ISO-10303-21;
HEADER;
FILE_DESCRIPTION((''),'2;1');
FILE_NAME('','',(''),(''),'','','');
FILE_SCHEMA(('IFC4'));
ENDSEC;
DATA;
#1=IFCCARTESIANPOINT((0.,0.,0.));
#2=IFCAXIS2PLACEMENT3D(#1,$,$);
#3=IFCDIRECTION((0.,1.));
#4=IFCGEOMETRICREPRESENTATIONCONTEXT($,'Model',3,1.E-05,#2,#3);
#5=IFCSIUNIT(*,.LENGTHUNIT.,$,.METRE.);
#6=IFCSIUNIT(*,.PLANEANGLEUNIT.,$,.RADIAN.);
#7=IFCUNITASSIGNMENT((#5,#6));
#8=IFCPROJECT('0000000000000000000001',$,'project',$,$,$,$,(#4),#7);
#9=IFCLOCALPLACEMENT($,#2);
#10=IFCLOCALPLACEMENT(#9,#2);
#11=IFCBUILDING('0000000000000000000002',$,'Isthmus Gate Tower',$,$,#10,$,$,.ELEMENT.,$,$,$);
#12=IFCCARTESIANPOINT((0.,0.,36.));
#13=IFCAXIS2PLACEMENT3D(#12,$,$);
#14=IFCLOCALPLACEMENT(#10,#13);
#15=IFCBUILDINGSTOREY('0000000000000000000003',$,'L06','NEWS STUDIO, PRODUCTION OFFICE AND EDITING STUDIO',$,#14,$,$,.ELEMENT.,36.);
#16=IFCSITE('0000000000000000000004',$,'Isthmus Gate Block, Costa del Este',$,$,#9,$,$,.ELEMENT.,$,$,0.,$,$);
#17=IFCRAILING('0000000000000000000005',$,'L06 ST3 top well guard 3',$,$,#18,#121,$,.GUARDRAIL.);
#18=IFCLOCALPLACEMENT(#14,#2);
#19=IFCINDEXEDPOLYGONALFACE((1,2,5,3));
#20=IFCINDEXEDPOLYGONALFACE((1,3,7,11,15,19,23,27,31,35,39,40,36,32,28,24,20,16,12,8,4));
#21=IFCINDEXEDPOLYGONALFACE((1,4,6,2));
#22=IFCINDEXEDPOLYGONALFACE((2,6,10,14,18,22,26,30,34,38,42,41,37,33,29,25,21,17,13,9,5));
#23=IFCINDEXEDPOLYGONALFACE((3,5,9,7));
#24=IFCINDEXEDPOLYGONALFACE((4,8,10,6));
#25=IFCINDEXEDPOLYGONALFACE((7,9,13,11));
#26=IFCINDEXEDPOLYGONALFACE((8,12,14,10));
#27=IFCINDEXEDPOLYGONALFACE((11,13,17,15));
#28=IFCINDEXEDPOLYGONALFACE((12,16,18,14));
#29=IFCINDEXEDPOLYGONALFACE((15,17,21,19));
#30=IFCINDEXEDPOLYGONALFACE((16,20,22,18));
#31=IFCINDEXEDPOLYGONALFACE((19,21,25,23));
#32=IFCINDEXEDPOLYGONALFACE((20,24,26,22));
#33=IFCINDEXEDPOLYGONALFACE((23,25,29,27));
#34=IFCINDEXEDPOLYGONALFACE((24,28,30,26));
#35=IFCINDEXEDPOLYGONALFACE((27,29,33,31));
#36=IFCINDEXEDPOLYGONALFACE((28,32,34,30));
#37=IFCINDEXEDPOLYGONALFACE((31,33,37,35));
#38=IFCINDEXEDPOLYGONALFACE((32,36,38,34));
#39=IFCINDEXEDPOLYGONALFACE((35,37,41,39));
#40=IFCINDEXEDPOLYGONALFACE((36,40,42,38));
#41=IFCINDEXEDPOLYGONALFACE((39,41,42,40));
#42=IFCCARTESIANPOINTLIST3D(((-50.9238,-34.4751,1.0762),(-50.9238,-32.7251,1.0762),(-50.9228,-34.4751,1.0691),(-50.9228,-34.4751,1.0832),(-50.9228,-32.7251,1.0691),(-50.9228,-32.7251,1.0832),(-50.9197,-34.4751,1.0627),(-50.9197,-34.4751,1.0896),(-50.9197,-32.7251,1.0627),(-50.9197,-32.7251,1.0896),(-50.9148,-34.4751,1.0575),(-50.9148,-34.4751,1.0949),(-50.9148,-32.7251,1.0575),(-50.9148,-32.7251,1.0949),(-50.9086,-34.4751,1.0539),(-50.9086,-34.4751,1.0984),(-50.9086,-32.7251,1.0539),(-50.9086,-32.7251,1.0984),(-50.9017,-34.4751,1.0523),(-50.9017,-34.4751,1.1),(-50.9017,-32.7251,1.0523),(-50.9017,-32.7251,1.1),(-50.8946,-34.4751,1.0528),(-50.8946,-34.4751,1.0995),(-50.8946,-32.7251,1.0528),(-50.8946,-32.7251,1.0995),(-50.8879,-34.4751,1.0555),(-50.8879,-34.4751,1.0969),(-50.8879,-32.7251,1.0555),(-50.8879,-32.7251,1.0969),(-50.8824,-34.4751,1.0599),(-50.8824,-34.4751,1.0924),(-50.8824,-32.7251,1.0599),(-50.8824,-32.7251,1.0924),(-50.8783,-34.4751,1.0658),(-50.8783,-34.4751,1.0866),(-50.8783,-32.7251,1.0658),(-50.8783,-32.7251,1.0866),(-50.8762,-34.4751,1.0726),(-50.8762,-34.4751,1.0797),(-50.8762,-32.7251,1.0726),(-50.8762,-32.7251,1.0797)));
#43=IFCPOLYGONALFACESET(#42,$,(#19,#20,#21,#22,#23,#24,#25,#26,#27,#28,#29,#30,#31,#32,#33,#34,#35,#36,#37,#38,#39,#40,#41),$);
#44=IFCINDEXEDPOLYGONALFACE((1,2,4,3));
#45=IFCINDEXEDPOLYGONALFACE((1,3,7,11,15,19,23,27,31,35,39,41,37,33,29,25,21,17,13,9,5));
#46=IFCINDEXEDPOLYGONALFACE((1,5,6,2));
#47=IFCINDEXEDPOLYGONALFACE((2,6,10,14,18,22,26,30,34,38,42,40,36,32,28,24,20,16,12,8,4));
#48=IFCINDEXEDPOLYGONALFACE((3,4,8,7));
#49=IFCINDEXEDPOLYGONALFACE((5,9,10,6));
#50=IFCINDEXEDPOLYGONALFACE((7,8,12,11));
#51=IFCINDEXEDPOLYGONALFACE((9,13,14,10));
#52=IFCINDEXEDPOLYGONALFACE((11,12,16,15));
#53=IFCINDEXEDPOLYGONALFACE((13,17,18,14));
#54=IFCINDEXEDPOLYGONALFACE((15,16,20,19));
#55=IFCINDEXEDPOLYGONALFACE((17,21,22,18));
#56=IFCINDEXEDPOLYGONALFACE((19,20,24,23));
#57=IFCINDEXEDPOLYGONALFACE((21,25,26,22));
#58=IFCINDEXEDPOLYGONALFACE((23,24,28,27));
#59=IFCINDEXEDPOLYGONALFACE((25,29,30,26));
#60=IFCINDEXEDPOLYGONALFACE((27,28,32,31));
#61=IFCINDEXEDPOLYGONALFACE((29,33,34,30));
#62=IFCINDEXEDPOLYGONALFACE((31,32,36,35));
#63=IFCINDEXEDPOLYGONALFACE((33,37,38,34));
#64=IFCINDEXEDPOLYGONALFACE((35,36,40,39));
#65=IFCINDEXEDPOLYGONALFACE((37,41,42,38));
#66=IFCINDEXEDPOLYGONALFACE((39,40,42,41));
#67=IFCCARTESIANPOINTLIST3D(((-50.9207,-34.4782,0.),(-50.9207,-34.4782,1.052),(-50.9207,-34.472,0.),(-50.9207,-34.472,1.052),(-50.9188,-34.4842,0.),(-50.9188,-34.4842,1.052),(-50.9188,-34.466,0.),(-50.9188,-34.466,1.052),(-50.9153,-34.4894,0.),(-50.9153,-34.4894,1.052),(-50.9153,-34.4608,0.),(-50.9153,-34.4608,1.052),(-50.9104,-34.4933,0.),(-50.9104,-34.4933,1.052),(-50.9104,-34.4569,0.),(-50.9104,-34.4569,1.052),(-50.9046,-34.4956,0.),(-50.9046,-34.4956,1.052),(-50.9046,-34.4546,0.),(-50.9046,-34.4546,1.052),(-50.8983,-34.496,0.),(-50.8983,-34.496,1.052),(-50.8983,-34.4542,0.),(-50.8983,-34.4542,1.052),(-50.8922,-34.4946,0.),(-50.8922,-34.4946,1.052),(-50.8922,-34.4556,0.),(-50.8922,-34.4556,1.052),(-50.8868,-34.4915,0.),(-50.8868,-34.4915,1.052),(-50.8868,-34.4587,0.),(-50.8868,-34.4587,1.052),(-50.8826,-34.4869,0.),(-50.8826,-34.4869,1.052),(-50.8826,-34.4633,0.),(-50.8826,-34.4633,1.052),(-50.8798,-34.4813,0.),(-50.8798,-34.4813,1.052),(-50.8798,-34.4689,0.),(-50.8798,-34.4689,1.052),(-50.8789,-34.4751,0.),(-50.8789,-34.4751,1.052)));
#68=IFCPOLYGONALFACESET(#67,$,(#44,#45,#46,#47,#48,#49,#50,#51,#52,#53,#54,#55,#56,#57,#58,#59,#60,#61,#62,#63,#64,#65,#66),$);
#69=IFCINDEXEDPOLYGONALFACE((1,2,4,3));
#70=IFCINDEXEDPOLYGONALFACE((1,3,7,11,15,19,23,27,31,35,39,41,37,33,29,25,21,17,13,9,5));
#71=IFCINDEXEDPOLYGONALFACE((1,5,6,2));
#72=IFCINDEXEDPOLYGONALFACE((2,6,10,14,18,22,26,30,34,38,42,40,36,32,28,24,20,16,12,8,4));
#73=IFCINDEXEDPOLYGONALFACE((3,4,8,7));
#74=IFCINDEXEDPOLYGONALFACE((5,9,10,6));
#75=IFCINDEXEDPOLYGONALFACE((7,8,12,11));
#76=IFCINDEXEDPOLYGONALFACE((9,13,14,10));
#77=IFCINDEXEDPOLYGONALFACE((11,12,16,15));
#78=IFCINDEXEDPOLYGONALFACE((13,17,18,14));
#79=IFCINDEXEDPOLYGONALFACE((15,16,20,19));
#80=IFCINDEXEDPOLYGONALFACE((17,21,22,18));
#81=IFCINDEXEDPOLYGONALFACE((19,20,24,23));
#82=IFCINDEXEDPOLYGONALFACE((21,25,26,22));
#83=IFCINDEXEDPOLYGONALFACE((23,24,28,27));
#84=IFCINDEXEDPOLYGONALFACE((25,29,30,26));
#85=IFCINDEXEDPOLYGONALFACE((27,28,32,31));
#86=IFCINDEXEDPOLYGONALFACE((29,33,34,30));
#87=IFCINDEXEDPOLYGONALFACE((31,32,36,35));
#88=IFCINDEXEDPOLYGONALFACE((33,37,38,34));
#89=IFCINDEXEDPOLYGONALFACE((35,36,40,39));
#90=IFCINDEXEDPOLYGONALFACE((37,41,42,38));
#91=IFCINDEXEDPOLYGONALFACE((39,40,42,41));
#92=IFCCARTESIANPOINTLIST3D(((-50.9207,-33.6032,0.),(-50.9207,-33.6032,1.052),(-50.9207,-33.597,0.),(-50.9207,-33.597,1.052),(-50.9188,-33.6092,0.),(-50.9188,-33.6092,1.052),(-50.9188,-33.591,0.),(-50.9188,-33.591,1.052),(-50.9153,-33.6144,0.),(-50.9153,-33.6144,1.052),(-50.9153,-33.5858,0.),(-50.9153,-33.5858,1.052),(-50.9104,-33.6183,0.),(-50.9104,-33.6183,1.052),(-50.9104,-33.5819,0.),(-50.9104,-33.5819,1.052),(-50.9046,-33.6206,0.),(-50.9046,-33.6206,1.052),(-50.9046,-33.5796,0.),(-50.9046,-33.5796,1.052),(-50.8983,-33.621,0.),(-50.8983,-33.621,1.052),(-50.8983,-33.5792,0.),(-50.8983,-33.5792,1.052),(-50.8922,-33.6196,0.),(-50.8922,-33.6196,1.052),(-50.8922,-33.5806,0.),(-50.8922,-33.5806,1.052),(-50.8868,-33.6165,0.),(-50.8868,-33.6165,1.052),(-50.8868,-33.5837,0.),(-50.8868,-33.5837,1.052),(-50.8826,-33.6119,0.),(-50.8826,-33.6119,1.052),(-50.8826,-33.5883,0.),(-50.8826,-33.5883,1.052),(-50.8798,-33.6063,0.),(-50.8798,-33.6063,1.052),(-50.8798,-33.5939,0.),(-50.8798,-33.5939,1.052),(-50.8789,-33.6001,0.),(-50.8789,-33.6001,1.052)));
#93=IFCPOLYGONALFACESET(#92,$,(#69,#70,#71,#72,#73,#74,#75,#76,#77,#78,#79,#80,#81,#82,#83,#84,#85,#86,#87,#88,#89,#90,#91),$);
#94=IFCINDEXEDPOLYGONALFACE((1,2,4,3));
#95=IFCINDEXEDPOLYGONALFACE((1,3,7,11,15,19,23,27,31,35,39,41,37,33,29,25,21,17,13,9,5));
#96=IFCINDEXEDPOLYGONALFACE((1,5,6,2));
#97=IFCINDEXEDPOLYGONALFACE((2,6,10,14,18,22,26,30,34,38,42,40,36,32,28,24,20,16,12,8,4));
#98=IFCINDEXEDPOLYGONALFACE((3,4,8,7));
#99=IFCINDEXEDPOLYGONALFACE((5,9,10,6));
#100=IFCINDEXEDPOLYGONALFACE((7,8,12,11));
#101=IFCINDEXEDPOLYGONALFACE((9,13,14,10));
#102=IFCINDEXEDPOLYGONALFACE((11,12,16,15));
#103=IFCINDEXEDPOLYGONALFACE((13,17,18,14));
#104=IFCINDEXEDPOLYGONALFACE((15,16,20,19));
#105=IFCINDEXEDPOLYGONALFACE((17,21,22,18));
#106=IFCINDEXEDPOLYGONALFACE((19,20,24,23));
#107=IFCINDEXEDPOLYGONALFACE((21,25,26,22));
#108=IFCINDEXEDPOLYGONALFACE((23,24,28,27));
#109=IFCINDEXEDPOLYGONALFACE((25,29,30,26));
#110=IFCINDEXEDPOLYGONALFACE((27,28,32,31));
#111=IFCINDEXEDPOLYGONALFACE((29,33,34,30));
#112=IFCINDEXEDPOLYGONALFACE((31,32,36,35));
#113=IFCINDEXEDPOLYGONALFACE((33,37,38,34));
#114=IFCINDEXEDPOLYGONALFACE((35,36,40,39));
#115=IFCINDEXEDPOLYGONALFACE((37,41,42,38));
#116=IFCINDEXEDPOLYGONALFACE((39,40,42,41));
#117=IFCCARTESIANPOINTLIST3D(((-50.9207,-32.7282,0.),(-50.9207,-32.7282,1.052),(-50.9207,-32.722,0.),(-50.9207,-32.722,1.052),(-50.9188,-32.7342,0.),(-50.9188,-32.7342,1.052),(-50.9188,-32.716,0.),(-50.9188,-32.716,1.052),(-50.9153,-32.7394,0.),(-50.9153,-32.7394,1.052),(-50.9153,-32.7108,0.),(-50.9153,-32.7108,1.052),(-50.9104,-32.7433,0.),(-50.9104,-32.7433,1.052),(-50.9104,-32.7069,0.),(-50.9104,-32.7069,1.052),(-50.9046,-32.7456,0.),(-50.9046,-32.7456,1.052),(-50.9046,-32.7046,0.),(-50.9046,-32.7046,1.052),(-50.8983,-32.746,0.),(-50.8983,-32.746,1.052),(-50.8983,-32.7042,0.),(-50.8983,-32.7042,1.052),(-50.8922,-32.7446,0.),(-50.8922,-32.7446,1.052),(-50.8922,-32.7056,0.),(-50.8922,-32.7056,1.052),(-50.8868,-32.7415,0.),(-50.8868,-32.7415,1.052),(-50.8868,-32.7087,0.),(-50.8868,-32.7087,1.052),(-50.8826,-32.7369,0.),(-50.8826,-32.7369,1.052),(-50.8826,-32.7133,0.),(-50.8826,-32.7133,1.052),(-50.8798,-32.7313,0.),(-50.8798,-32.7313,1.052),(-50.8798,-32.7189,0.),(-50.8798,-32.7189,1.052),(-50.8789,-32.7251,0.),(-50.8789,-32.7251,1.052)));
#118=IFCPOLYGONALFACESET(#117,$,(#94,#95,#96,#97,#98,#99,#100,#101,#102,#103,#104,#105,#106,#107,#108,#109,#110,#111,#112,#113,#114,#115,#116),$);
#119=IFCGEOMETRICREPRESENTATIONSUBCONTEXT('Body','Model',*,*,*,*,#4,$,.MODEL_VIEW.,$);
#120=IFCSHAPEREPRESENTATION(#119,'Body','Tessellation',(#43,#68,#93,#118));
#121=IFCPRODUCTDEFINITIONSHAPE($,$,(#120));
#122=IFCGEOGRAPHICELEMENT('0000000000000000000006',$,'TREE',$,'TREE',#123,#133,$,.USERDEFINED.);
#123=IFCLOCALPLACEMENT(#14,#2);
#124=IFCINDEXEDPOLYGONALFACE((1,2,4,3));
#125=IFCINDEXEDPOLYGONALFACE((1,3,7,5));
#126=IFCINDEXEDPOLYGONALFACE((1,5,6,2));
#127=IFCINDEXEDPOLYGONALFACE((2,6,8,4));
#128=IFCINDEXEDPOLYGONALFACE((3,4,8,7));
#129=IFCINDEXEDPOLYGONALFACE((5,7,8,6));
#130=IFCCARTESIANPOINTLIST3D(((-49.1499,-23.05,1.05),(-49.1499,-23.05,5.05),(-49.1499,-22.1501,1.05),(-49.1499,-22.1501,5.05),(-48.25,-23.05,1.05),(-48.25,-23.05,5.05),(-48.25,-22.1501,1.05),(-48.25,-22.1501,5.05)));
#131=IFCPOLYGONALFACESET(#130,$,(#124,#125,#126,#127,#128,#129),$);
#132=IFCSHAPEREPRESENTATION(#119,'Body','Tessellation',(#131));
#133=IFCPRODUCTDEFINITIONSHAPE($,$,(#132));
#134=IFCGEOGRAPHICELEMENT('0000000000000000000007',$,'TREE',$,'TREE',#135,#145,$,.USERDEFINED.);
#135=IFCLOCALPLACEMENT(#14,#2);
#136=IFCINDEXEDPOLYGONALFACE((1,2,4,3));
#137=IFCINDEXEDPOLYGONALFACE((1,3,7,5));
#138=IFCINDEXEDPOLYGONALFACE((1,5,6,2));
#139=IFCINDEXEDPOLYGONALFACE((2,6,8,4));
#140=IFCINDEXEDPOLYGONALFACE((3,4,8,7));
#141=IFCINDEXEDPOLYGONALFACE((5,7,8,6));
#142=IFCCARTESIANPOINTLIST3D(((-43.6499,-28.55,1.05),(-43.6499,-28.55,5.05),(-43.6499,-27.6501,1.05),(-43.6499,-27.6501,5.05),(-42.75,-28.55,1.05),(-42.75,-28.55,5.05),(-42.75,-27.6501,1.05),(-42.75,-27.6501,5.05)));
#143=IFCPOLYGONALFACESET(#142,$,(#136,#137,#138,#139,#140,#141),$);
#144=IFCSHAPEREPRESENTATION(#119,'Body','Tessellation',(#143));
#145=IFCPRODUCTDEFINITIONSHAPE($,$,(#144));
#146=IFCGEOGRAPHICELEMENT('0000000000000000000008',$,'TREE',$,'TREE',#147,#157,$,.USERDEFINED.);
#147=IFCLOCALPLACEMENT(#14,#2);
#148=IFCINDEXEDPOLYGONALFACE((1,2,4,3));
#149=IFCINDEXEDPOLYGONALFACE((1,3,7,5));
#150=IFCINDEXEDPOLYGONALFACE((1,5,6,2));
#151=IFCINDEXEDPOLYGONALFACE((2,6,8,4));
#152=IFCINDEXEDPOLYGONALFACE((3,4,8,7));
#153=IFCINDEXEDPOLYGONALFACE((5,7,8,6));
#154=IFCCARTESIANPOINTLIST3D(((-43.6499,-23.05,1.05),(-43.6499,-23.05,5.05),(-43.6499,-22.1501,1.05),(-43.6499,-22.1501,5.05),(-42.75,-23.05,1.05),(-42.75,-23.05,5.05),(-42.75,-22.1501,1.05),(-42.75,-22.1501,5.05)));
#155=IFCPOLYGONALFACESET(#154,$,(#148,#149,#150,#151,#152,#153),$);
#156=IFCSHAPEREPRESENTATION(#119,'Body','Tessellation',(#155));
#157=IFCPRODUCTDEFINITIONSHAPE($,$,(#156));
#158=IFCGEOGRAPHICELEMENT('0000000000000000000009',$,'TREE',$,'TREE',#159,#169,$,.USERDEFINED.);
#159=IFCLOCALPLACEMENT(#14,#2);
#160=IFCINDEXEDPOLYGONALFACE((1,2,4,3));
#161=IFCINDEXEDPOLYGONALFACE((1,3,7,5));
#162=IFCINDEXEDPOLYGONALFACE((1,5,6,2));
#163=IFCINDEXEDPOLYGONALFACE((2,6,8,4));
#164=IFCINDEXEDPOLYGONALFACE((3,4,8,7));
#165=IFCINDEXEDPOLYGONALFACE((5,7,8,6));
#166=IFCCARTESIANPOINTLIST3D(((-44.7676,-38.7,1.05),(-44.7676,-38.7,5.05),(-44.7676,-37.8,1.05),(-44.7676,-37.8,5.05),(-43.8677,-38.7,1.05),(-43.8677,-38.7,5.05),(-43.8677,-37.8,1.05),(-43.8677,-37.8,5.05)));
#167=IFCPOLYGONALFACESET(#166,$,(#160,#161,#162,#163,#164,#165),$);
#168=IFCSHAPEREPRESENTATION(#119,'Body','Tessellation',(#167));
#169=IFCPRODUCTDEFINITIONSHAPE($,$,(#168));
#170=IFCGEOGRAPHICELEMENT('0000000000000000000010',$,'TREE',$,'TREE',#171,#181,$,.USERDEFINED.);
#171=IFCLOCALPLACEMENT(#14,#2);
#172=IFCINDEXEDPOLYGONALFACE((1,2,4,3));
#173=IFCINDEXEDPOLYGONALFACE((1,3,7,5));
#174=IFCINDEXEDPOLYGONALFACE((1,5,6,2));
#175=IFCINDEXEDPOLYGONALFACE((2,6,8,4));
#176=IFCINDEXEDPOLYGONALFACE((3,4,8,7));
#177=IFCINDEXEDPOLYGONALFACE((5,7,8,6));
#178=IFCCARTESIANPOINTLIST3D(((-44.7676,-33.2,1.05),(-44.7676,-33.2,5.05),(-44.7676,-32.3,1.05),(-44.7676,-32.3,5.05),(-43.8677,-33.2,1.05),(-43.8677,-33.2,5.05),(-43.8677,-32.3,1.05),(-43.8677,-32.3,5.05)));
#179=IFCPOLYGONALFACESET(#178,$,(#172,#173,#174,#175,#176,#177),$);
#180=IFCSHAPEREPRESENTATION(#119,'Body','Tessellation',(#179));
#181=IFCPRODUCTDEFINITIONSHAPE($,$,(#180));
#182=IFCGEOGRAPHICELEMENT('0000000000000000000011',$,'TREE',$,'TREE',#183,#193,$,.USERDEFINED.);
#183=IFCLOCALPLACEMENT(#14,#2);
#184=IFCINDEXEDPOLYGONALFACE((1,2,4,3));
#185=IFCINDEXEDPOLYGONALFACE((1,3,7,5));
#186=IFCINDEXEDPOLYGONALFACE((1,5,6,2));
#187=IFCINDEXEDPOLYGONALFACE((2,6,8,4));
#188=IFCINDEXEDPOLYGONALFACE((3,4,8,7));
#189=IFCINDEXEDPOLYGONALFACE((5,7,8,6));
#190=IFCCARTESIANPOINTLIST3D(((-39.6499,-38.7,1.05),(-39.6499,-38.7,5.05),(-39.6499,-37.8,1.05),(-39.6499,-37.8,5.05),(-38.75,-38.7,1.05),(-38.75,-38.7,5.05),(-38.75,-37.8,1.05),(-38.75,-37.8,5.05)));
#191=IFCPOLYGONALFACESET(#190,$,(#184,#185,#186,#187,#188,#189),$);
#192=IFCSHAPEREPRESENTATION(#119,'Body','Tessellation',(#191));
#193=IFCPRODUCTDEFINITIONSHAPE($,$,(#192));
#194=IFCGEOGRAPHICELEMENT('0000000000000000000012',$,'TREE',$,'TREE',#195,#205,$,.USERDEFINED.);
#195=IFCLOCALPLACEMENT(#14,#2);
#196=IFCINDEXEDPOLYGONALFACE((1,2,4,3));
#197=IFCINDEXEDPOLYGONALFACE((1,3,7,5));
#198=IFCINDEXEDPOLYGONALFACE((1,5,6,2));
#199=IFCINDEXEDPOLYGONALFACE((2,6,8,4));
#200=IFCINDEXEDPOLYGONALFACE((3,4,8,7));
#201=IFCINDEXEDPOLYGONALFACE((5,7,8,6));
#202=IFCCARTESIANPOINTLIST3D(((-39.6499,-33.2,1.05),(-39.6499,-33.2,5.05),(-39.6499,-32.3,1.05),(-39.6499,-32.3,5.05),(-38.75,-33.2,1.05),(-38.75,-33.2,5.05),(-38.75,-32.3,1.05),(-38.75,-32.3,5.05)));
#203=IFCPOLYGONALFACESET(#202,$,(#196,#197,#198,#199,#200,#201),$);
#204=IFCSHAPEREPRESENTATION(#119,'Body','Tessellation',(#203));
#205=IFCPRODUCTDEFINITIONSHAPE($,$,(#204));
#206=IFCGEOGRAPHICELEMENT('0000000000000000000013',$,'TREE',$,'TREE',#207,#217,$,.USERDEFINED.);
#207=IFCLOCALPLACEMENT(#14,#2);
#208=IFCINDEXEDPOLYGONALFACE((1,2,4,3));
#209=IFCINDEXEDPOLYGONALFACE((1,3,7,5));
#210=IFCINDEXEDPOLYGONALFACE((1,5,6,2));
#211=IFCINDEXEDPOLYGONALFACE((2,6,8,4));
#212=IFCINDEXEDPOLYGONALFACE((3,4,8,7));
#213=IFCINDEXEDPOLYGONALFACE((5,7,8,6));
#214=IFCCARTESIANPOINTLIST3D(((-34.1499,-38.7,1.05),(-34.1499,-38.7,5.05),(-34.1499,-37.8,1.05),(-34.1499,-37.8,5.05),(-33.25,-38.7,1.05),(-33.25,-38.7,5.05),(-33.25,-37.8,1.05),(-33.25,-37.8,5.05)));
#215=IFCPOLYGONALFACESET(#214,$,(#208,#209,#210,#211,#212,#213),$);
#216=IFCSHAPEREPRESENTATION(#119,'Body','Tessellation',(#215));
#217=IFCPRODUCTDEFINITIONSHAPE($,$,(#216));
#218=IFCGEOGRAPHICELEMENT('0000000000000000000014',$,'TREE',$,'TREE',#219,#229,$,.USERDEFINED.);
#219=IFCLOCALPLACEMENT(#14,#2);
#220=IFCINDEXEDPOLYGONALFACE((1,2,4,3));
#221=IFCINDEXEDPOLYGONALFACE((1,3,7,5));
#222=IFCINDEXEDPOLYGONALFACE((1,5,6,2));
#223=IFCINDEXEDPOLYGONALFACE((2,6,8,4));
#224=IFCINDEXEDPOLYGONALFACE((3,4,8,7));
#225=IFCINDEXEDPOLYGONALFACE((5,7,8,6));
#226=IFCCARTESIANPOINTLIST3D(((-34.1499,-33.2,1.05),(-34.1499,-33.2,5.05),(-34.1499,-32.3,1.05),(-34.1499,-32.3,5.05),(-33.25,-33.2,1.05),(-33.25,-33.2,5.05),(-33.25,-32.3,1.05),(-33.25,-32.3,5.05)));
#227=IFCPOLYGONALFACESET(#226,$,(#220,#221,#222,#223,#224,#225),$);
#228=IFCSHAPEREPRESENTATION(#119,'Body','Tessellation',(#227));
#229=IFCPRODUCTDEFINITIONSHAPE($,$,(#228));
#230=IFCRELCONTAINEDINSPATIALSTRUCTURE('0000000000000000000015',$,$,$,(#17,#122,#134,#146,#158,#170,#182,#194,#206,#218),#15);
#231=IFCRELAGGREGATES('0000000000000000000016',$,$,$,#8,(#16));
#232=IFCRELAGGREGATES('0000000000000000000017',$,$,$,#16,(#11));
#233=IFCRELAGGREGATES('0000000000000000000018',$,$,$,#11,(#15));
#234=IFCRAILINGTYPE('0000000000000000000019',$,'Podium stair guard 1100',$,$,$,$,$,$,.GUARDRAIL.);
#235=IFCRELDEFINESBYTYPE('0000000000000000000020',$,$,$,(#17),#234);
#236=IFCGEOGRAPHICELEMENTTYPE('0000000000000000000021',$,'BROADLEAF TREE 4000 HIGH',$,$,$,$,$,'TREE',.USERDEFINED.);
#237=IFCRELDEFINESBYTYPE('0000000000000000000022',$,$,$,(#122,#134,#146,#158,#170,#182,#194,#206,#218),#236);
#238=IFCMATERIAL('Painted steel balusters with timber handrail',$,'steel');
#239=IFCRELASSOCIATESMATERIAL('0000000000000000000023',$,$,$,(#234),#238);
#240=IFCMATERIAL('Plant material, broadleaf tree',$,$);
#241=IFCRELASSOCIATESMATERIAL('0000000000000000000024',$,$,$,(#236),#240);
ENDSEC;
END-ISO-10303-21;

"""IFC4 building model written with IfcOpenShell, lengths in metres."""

from ifc_helpers import new_model, si_unit, direction, frame, origin, origin_2d, place, context, subcontext, project, spatial, rectangle, circle, extrude, material, type_object, element, save


model = new_model("IFC4")

# Units and contexts
model_context = context("Model", 3, precision=1e-05, world=origin(), true_north=direction((0.0, 1.0)))
body_context = subcontext(model_context, "Body", "Model", "MODEL_VIEW")
ifc_project = project(units=[si_unit("LENGTHUNIT", "METRE"), si_unit("PLANEANGLEUNIT", "RADIAN")], contexts=[model_context])

# Site, building, storey
site_placement = place(None, origin())
site = spatial("IfcSite", under=ifc_project, at=site_placement, Name="Isthmus Gate Block, Costa del Este", CompositionType="ELEMENT", RefElevation=0.0)
building_placement = place(site_placement, origin())
building = spatial("IfcBuilding", under=site, at=building_placement, Name="Isthmus Gate Tower", CompositionType="ELEMENT")
storey_placement = place(building_placement, frame((0.0, 0.0, 36.0)))
storey = spatial("IfcBuildingStorey", under=building, at=storey_placement, Name="L06", Description="NEWS STUDIO, PRODUCTION OFFICE AND EDITING STUDIO", CompositionType="ELEMENT", Elevation=36.0)

# Railing
ifc_material_1 = material(Name="Painted steel balusters with timber handrail", Category="steel")
railing_type_1 = type_object("IfcRailingType", Name="Podium stair guard 1100", PredefinedType="GUARDRAIL", material=ifc_material_1)
railing_1_placement = place(storey_placement, frame((-50.8999, -34.4751, 0.0)))
element("IfcRailing", 1, at=railing_1_placement, inside=storey, type_object=railing_type_1, Name="L06 ST3 top well guard 3", PredefinedType="GUARDRAIL", context=body_context, shape_type="SweptSolid", body=[
    extrude(circle(Radius=0.0239, at=origin_2d()), frame((0.0, 0.0, 1.0762), z_axis=(0.0, 1.0, 0.0), x_axis=(-1.0, 0.0, 0.0)), (0.0, 0.0, 1.0), 1.75),
    extrude(circle(Radius=0.021, at=origin_2d()), origin(), (0.0, 0.0, 1.0), 1.052),
    extrude(circle(Radius=0.021, at=origin_2d()), frame((0.0, 0.875, 0.0)), (0.0, 0.0, 1.0), 1.052),
    extrude(circle(Radius=0.021, at=origin_2d()), frame((0.0, 1.75, 0.0)), (0.0, 0.0, 1.0), 1.052),
])

# Geographic elements
ifc_material_2 = material(Name="Plant material, broadleaf tree")
geographic_element_type = type_object("IfcGeographicElementType", Name="BROADLEAF TREE 4000 HIGH", ElementType="TREE", PredefinedType="USERDEFINED", material=ifc_material_2)
for number, where, z_axis, x_axis, name in (
    (2, (-48.7, -22.6001, 1.05), (0.0, 0.0, 1.0), (1.0, 0.0, 0.0), "TREE"),
    (3, (-43.2, -28.1001, 1.05), (0.0, 0.0, 1.0), (1.0, 0.0, 0.0), "TREE"),
    (4, (-43.2, -22.6001, 1.05), (0.0, 0.0, 1.0), (1.0, 0.0, 0.0), "TREE"),
    (5, (-44.3176, -38.25, 1.05), (0.0, 0.0, 1.0), (1.0, 0.0, 0.0), "TREE"),
    (6, (-44.3176, -32.75, 1.05), (0.0, 0.0, 1.0), (1.0, 0.0, 0.0), "TREE"),
    (7, (-39.2, -38.25, 1.05), (0.0, 0.0, 1.0), (1.0, 0.0, 0.0), "TREE"),
    (8, (-39.2, -32.75, 1.05), (0.0, 0.0, 1.0), (1.0, 0.0, 0.0), "TREE"),
    (9, (-33.7, -38.25, 1.05), (0.0, 0.0, 1.0), (1.0, 0.0, 0.0), "TREE"),
    (10, (-33.7, -32.75, 1.05), (0.0, 0.0, 1.0), (1.0, 0.0, 0.0), "TREE"),
):
    element("IfcGeographicElement", number, at=place(storey_placement, frame(where, z_axis=z_axis, x_axis=x_axis)), inside=storey, type_object=geographic_element_type, Name=name, ObjectType="TREE", PredefinedType="USERDEFINED", context=body_context, shape_type="SweptSolid", body=[
        extrude(rectangle(XDim=0.8999, YDim=0.8999, at=origin_2d()), origin(), (0.0, 0.0, 1.0), 4.0),
    ])

save(model, "model.ifc")
